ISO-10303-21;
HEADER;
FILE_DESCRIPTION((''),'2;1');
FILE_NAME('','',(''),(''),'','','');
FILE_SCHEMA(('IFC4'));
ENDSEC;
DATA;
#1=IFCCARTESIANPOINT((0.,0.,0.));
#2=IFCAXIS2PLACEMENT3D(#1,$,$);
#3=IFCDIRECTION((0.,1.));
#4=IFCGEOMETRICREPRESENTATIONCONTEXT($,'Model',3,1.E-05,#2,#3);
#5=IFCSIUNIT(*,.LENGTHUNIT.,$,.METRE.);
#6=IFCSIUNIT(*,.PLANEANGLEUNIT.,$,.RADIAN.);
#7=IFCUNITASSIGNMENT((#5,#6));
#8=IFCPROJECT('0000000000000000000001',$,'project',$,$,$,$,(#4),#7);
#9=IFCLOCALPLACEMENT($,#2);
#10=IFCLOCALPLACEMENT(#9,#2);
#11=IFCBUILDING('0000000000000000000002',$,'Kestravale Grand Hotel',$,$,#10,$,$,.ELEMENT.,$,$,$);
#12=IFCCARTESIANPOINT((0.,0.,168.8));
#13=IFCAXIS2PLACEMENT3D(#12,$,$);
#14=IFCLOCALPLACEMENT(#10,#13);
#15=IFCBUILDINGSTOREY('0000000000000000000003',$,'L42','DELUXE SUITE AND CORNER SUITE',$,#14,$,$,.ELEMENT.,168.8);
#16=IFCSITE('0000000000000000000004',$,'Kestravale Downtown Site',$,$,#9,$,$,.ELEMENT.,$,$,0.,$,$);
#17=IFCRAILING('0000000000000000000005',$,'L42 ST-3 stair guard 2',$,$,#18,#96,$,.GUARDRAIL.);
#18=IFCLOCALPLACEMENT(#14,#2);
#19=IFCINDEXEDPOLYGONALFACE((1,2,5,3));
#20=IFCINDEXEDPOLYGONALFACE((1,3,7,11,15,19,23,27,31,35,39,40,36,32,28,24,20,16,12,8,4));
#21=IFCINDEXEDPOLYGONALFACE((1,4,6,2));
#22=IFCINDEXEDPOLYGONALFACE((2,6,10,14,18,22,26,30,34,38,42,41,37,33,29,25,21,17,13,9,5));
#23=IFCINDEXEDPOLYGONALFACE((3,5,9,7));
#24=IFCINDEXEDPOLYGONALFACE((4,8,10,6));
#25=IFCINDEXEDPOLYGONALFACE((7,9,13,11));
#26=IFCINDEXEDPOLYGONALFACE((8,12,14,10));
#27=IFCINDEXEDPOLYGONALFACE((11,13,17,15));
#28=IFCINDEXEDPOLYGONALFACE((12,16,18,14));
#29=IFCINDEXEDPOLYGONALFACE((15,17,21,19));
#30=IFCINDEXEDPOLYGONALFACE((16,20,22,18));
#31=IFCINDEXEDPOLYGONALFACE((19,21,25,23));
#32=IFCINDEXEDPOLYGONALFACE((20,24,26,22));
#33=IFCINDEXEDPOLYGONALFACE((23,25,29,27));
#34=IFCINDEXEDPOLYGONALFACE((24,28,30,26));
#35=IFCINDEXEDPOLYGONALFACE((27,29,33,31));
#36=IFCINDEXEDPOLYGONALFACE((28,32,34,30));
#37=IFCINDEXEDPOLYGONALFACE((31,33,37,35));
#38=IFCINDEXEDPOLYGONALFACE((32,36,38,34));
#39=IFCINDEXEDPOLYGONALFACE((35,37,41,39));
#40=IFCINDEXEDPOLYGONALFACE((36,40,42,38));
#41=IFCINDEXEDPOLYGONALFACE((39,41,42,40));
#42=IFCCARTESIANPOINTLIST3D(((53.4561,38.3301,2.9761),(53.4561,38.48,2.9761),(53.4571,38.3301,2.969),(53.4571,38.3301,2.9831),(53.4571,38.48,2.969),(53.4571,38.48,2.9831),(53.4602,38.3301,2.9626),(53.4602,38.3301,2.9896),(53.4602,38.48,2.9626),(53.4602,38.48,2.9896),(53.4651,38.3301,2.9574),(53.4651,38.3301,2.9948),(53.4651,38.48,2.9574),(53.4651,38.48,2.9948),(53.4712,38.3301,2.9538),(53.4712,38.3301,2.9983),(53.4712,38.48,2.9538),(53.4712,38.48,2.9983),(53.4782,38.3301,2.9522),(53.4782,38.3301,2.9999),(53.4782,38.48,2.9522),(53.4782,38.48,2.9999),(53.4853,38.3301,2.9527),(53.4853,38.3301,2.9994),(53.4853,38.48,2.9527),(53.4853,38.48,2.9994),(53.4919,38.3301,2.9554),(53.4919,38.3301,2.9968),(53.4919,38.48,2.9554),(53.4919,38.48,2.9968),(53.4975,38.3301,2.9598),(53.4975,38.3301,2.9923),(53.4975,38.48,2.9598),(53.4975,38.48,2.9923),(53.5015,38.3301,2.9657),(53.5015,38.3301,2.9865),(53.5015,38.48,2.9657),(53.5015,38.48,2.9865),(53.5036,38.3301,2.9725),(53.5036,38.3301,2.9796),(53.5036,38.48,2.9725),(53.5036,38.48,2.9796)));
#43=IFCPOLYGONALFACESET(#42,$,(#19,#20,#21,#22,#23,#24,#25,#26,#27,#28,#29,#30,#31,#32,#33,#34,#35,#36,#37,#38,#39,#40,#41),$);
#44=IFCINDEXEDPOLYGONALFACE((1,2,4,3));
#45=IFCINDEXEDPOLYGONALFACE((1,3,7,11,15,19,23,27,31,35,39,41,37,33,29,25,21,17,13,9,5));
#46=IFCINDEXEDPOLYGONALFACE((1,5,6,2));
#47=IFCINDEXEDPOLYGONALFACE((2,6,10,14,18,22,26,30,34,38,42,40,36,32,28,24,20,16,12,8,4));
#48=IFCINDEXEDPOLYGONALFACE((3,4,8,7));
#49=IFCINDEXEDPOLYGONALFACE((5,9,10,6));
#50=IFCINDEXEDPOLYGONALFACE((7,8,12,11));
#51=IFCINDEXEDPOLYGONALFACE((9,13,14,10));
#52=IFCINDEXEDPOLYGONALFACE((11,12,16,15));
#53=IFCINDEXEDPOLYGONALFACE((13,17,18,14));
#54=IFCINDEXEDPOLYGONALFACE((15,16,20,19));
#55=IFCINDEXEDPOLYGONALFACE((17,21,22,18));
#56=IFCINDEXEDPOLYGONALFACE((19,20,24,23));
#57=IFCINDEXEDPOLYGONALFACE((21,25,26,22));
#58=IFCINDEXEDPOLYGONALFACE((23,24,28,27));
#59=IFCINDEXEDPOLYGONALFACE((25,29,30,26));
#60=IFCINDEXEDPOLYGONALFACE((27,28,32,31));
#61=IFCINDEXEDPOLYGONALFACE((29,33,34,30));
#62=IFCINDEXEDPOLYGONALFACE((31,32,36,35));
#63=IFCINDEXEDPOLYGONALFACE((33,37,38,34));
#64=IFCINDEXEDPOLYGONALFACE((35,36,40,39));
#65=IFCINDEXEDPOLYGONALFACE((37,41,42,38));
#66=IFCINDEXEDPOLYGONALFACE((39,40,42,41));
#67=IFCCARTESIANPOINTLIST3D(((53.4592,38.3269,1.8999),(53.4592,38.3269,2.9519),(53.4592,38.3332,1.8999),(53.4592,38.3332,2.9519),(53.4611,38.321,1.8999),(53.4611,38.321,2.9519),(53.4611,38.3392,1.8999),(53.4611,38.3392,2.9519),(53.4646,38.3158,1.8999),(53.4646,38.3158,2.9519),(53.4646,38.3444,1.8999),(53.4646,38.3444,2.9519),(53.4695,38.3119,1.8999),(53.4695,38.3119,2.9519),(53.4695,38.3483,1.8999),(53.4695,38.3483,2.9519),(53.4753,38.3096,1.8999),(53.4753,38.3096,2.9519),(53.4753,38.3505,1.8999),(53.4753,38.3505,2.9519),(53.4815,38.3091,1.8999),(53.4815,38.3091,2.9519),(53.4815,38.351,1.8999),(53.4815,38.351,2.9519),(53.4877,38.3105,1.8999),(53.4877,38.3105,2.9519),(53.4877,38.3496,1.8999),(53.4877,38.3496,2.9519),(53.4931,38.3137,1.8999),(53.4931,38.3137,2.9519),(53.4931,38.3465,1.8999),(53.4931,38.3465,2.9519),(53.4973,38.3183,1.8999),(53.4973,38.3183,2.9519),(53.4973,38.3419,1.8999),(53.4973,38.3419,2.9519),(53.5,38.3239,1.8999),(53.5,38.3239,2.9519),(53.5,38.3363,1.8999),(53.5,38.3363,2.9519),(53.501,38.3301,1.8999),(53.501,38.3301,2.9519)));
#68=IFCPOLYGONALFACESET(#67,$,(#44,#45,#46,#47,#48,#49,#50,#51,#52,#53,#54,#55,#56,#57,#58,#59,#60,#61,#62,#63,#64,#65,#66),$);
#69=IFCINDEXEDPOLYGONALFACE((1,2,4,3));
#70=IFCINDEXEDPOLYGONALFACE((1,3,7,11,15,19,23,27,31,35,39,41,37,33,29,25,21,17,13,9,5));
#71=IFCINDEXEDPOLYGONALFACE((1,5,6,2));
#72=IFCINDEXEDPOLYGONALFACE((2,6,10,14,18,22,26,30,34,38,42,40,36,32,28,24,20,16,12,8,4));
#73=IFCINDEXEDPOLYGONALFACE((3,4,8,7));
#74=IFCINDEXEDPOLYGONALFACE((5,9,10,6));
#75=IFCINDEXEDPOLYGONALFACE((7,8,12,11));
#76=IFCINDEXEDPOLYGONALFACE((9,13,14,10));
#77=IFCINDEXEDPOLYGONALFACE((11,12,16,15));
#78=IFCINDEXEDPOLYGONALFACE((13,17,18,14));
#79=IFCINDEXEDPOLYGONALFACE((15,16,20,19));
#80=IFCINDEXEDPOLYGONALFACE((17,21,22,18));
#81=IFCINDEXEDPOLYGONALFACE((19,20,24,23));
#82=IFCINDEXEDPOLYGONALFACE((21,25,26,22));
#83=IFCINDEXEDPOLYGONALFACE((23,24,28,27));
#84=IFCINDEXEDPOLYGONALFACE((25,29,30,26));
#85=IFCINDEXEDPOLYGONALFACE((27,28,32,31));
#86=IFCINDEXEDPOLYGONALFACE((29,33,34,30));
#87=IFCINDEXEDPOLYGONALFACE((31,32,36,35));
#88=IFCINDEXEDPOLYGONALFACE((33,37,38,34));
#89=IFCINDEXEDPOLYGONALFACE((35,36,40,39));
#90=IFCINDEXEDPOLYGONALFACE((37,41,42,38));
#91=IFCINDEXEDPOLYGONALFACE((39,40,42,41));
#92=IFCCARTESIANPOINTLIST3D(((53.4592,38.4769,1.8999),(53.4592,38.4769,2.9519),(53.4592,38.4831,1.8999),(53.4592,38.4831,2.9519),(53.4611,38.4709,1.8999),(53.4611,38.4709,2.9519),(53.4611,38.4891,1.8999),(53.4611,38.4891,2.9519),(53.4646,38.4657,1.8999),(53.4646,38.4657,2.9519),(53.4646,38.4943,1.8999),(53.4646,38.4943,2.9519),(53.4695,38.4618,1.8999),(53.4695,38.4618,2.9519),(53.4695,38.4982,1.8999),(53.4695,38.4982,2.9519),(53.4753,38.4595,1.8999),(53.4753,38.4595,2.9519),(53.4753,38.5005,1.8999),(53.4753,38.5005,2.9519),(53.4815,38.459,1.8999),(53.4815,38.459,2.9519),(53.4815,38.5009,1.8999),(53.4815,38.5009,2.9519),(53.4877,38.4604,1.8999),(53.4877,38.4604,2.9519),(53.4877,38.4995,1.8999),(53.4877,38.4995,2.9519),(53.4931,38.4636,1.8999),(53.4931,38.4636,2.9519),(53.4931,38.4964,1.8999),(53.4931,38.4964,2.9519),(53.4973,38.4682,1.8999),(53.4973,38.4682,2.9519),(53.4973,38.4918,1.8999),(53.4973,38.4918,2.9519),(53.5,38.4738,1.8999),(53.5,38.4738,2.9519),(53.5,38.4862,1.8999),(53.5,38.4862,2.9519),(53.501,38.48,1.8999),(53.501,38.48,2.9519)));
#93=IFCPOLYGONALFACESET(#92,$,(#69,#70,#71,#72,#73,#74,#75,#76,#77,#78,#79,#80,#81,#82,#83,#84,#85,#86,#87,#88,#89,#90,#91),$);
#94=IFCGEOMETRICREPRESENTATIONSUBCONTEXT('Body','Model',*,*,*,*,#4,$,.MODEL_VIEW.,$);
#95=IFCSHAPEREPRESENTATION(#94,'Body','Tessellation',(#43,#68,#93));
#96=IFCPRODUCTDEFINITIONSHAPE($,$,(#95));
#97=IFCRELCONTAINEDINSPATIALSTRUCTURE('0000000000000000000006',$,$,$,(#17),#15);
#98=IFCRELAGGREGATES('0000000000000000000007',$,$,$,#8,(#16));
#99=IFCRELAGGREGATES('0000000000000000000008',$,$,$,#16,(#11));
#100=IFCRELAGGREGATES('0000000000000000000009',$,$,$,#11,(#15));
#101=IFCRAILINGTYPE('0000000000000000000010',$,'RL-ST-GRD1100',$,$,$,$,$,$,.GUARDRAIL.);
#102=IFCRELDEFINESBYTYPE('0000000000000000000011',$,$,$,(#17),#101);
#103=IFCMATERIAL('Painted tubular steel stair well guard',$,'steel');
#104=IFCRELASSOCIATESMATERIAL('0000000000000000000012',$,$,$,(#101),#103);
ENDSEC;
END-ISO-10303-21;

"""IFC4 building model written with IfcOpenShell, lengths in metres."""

from ifc_helpers import new_model, si_unit, direction, frame, origin, origin_2d, place, context, subcontext, project, spatial, circle, extrude, material, type_object, element, save


model = new_model("IFC4")

# Units and contexts
model_context = context("Model", 3, precision=1e-05, world=origin(), true_north=direction((0.0, 1.0)))
body_context = subcontext(model_context, "Body", "Model", "MODEL_VIEW")
ifc_project = project(units=[si_unit("LENGTHUNIT", "METRE"), si_unit("PLANEANGLEUNIT", "RADIAN")], contexts=[model_context])

# Site, building, storey
site_placement = place(None, origin())
site = spatial("IfcSite", under=ifc_project, at=site_placement, Name="Kestravale Downtown Site", CompositionType="ELEMENT", RefElevation=0.0)
building_placement = place(site_placement, origin())
building = spatial("IfcBuilding", under=site, at=building_placement, Name="Kestravale Grand Hotel", CompositionType="ELEMENT")
storey_placement = place(building_placement, frame((0.0, 0.0, 168.8)))
storey = spatial("IfcBuildingStorey", under=building, at=storey_placement, Name="L42", Description="DELUXE SUITE AND CORNER SUITE", CompositionType="ELEMENT", Elevation=168.8)

# Railing
ifc_material_1 = material(Name="Painted tubular steel stair well guard", Category="steel")
railing_type_1 = type_object("IfcRailingType", Name="RL-ST-GRD1100", PredefinedType="GUARDRAIL", material=ifc_material_1)
railing_1_placement = place(storey_placement, frame((53.48, 38.3301, 1.8999)))
element("IfcRailing", 1, at=railing_1_placement, inside=storey, type_object=railing_type_1, Name="L42 ST-3 stair guard 2", PredefinedType="GUARDRAIL", context=body_context, shape_type="SweptSolid", body=[
    extrude(circle(Radius=0.0239, at=origin_2d()), frame((0.0, 0.0, 1.0762), z_axis=(0.0, 1.0, 0.0), x_axis=(-1.0, 0.0, 0.0)), (0.0, 0.0, 1.0), 0.1499),
    extrude(circle(Radius=0.021, at=origin_2d()), origin(), (0.0, 0.0, 1.0), 1.052),
    extrude(circle(Radius=0.021, at=origin_2d()), frame((0.0, 0.1499, 0.0)), (0.0, 0.0, 1.0), 1.052),
])

save(model, "model.ifc")
